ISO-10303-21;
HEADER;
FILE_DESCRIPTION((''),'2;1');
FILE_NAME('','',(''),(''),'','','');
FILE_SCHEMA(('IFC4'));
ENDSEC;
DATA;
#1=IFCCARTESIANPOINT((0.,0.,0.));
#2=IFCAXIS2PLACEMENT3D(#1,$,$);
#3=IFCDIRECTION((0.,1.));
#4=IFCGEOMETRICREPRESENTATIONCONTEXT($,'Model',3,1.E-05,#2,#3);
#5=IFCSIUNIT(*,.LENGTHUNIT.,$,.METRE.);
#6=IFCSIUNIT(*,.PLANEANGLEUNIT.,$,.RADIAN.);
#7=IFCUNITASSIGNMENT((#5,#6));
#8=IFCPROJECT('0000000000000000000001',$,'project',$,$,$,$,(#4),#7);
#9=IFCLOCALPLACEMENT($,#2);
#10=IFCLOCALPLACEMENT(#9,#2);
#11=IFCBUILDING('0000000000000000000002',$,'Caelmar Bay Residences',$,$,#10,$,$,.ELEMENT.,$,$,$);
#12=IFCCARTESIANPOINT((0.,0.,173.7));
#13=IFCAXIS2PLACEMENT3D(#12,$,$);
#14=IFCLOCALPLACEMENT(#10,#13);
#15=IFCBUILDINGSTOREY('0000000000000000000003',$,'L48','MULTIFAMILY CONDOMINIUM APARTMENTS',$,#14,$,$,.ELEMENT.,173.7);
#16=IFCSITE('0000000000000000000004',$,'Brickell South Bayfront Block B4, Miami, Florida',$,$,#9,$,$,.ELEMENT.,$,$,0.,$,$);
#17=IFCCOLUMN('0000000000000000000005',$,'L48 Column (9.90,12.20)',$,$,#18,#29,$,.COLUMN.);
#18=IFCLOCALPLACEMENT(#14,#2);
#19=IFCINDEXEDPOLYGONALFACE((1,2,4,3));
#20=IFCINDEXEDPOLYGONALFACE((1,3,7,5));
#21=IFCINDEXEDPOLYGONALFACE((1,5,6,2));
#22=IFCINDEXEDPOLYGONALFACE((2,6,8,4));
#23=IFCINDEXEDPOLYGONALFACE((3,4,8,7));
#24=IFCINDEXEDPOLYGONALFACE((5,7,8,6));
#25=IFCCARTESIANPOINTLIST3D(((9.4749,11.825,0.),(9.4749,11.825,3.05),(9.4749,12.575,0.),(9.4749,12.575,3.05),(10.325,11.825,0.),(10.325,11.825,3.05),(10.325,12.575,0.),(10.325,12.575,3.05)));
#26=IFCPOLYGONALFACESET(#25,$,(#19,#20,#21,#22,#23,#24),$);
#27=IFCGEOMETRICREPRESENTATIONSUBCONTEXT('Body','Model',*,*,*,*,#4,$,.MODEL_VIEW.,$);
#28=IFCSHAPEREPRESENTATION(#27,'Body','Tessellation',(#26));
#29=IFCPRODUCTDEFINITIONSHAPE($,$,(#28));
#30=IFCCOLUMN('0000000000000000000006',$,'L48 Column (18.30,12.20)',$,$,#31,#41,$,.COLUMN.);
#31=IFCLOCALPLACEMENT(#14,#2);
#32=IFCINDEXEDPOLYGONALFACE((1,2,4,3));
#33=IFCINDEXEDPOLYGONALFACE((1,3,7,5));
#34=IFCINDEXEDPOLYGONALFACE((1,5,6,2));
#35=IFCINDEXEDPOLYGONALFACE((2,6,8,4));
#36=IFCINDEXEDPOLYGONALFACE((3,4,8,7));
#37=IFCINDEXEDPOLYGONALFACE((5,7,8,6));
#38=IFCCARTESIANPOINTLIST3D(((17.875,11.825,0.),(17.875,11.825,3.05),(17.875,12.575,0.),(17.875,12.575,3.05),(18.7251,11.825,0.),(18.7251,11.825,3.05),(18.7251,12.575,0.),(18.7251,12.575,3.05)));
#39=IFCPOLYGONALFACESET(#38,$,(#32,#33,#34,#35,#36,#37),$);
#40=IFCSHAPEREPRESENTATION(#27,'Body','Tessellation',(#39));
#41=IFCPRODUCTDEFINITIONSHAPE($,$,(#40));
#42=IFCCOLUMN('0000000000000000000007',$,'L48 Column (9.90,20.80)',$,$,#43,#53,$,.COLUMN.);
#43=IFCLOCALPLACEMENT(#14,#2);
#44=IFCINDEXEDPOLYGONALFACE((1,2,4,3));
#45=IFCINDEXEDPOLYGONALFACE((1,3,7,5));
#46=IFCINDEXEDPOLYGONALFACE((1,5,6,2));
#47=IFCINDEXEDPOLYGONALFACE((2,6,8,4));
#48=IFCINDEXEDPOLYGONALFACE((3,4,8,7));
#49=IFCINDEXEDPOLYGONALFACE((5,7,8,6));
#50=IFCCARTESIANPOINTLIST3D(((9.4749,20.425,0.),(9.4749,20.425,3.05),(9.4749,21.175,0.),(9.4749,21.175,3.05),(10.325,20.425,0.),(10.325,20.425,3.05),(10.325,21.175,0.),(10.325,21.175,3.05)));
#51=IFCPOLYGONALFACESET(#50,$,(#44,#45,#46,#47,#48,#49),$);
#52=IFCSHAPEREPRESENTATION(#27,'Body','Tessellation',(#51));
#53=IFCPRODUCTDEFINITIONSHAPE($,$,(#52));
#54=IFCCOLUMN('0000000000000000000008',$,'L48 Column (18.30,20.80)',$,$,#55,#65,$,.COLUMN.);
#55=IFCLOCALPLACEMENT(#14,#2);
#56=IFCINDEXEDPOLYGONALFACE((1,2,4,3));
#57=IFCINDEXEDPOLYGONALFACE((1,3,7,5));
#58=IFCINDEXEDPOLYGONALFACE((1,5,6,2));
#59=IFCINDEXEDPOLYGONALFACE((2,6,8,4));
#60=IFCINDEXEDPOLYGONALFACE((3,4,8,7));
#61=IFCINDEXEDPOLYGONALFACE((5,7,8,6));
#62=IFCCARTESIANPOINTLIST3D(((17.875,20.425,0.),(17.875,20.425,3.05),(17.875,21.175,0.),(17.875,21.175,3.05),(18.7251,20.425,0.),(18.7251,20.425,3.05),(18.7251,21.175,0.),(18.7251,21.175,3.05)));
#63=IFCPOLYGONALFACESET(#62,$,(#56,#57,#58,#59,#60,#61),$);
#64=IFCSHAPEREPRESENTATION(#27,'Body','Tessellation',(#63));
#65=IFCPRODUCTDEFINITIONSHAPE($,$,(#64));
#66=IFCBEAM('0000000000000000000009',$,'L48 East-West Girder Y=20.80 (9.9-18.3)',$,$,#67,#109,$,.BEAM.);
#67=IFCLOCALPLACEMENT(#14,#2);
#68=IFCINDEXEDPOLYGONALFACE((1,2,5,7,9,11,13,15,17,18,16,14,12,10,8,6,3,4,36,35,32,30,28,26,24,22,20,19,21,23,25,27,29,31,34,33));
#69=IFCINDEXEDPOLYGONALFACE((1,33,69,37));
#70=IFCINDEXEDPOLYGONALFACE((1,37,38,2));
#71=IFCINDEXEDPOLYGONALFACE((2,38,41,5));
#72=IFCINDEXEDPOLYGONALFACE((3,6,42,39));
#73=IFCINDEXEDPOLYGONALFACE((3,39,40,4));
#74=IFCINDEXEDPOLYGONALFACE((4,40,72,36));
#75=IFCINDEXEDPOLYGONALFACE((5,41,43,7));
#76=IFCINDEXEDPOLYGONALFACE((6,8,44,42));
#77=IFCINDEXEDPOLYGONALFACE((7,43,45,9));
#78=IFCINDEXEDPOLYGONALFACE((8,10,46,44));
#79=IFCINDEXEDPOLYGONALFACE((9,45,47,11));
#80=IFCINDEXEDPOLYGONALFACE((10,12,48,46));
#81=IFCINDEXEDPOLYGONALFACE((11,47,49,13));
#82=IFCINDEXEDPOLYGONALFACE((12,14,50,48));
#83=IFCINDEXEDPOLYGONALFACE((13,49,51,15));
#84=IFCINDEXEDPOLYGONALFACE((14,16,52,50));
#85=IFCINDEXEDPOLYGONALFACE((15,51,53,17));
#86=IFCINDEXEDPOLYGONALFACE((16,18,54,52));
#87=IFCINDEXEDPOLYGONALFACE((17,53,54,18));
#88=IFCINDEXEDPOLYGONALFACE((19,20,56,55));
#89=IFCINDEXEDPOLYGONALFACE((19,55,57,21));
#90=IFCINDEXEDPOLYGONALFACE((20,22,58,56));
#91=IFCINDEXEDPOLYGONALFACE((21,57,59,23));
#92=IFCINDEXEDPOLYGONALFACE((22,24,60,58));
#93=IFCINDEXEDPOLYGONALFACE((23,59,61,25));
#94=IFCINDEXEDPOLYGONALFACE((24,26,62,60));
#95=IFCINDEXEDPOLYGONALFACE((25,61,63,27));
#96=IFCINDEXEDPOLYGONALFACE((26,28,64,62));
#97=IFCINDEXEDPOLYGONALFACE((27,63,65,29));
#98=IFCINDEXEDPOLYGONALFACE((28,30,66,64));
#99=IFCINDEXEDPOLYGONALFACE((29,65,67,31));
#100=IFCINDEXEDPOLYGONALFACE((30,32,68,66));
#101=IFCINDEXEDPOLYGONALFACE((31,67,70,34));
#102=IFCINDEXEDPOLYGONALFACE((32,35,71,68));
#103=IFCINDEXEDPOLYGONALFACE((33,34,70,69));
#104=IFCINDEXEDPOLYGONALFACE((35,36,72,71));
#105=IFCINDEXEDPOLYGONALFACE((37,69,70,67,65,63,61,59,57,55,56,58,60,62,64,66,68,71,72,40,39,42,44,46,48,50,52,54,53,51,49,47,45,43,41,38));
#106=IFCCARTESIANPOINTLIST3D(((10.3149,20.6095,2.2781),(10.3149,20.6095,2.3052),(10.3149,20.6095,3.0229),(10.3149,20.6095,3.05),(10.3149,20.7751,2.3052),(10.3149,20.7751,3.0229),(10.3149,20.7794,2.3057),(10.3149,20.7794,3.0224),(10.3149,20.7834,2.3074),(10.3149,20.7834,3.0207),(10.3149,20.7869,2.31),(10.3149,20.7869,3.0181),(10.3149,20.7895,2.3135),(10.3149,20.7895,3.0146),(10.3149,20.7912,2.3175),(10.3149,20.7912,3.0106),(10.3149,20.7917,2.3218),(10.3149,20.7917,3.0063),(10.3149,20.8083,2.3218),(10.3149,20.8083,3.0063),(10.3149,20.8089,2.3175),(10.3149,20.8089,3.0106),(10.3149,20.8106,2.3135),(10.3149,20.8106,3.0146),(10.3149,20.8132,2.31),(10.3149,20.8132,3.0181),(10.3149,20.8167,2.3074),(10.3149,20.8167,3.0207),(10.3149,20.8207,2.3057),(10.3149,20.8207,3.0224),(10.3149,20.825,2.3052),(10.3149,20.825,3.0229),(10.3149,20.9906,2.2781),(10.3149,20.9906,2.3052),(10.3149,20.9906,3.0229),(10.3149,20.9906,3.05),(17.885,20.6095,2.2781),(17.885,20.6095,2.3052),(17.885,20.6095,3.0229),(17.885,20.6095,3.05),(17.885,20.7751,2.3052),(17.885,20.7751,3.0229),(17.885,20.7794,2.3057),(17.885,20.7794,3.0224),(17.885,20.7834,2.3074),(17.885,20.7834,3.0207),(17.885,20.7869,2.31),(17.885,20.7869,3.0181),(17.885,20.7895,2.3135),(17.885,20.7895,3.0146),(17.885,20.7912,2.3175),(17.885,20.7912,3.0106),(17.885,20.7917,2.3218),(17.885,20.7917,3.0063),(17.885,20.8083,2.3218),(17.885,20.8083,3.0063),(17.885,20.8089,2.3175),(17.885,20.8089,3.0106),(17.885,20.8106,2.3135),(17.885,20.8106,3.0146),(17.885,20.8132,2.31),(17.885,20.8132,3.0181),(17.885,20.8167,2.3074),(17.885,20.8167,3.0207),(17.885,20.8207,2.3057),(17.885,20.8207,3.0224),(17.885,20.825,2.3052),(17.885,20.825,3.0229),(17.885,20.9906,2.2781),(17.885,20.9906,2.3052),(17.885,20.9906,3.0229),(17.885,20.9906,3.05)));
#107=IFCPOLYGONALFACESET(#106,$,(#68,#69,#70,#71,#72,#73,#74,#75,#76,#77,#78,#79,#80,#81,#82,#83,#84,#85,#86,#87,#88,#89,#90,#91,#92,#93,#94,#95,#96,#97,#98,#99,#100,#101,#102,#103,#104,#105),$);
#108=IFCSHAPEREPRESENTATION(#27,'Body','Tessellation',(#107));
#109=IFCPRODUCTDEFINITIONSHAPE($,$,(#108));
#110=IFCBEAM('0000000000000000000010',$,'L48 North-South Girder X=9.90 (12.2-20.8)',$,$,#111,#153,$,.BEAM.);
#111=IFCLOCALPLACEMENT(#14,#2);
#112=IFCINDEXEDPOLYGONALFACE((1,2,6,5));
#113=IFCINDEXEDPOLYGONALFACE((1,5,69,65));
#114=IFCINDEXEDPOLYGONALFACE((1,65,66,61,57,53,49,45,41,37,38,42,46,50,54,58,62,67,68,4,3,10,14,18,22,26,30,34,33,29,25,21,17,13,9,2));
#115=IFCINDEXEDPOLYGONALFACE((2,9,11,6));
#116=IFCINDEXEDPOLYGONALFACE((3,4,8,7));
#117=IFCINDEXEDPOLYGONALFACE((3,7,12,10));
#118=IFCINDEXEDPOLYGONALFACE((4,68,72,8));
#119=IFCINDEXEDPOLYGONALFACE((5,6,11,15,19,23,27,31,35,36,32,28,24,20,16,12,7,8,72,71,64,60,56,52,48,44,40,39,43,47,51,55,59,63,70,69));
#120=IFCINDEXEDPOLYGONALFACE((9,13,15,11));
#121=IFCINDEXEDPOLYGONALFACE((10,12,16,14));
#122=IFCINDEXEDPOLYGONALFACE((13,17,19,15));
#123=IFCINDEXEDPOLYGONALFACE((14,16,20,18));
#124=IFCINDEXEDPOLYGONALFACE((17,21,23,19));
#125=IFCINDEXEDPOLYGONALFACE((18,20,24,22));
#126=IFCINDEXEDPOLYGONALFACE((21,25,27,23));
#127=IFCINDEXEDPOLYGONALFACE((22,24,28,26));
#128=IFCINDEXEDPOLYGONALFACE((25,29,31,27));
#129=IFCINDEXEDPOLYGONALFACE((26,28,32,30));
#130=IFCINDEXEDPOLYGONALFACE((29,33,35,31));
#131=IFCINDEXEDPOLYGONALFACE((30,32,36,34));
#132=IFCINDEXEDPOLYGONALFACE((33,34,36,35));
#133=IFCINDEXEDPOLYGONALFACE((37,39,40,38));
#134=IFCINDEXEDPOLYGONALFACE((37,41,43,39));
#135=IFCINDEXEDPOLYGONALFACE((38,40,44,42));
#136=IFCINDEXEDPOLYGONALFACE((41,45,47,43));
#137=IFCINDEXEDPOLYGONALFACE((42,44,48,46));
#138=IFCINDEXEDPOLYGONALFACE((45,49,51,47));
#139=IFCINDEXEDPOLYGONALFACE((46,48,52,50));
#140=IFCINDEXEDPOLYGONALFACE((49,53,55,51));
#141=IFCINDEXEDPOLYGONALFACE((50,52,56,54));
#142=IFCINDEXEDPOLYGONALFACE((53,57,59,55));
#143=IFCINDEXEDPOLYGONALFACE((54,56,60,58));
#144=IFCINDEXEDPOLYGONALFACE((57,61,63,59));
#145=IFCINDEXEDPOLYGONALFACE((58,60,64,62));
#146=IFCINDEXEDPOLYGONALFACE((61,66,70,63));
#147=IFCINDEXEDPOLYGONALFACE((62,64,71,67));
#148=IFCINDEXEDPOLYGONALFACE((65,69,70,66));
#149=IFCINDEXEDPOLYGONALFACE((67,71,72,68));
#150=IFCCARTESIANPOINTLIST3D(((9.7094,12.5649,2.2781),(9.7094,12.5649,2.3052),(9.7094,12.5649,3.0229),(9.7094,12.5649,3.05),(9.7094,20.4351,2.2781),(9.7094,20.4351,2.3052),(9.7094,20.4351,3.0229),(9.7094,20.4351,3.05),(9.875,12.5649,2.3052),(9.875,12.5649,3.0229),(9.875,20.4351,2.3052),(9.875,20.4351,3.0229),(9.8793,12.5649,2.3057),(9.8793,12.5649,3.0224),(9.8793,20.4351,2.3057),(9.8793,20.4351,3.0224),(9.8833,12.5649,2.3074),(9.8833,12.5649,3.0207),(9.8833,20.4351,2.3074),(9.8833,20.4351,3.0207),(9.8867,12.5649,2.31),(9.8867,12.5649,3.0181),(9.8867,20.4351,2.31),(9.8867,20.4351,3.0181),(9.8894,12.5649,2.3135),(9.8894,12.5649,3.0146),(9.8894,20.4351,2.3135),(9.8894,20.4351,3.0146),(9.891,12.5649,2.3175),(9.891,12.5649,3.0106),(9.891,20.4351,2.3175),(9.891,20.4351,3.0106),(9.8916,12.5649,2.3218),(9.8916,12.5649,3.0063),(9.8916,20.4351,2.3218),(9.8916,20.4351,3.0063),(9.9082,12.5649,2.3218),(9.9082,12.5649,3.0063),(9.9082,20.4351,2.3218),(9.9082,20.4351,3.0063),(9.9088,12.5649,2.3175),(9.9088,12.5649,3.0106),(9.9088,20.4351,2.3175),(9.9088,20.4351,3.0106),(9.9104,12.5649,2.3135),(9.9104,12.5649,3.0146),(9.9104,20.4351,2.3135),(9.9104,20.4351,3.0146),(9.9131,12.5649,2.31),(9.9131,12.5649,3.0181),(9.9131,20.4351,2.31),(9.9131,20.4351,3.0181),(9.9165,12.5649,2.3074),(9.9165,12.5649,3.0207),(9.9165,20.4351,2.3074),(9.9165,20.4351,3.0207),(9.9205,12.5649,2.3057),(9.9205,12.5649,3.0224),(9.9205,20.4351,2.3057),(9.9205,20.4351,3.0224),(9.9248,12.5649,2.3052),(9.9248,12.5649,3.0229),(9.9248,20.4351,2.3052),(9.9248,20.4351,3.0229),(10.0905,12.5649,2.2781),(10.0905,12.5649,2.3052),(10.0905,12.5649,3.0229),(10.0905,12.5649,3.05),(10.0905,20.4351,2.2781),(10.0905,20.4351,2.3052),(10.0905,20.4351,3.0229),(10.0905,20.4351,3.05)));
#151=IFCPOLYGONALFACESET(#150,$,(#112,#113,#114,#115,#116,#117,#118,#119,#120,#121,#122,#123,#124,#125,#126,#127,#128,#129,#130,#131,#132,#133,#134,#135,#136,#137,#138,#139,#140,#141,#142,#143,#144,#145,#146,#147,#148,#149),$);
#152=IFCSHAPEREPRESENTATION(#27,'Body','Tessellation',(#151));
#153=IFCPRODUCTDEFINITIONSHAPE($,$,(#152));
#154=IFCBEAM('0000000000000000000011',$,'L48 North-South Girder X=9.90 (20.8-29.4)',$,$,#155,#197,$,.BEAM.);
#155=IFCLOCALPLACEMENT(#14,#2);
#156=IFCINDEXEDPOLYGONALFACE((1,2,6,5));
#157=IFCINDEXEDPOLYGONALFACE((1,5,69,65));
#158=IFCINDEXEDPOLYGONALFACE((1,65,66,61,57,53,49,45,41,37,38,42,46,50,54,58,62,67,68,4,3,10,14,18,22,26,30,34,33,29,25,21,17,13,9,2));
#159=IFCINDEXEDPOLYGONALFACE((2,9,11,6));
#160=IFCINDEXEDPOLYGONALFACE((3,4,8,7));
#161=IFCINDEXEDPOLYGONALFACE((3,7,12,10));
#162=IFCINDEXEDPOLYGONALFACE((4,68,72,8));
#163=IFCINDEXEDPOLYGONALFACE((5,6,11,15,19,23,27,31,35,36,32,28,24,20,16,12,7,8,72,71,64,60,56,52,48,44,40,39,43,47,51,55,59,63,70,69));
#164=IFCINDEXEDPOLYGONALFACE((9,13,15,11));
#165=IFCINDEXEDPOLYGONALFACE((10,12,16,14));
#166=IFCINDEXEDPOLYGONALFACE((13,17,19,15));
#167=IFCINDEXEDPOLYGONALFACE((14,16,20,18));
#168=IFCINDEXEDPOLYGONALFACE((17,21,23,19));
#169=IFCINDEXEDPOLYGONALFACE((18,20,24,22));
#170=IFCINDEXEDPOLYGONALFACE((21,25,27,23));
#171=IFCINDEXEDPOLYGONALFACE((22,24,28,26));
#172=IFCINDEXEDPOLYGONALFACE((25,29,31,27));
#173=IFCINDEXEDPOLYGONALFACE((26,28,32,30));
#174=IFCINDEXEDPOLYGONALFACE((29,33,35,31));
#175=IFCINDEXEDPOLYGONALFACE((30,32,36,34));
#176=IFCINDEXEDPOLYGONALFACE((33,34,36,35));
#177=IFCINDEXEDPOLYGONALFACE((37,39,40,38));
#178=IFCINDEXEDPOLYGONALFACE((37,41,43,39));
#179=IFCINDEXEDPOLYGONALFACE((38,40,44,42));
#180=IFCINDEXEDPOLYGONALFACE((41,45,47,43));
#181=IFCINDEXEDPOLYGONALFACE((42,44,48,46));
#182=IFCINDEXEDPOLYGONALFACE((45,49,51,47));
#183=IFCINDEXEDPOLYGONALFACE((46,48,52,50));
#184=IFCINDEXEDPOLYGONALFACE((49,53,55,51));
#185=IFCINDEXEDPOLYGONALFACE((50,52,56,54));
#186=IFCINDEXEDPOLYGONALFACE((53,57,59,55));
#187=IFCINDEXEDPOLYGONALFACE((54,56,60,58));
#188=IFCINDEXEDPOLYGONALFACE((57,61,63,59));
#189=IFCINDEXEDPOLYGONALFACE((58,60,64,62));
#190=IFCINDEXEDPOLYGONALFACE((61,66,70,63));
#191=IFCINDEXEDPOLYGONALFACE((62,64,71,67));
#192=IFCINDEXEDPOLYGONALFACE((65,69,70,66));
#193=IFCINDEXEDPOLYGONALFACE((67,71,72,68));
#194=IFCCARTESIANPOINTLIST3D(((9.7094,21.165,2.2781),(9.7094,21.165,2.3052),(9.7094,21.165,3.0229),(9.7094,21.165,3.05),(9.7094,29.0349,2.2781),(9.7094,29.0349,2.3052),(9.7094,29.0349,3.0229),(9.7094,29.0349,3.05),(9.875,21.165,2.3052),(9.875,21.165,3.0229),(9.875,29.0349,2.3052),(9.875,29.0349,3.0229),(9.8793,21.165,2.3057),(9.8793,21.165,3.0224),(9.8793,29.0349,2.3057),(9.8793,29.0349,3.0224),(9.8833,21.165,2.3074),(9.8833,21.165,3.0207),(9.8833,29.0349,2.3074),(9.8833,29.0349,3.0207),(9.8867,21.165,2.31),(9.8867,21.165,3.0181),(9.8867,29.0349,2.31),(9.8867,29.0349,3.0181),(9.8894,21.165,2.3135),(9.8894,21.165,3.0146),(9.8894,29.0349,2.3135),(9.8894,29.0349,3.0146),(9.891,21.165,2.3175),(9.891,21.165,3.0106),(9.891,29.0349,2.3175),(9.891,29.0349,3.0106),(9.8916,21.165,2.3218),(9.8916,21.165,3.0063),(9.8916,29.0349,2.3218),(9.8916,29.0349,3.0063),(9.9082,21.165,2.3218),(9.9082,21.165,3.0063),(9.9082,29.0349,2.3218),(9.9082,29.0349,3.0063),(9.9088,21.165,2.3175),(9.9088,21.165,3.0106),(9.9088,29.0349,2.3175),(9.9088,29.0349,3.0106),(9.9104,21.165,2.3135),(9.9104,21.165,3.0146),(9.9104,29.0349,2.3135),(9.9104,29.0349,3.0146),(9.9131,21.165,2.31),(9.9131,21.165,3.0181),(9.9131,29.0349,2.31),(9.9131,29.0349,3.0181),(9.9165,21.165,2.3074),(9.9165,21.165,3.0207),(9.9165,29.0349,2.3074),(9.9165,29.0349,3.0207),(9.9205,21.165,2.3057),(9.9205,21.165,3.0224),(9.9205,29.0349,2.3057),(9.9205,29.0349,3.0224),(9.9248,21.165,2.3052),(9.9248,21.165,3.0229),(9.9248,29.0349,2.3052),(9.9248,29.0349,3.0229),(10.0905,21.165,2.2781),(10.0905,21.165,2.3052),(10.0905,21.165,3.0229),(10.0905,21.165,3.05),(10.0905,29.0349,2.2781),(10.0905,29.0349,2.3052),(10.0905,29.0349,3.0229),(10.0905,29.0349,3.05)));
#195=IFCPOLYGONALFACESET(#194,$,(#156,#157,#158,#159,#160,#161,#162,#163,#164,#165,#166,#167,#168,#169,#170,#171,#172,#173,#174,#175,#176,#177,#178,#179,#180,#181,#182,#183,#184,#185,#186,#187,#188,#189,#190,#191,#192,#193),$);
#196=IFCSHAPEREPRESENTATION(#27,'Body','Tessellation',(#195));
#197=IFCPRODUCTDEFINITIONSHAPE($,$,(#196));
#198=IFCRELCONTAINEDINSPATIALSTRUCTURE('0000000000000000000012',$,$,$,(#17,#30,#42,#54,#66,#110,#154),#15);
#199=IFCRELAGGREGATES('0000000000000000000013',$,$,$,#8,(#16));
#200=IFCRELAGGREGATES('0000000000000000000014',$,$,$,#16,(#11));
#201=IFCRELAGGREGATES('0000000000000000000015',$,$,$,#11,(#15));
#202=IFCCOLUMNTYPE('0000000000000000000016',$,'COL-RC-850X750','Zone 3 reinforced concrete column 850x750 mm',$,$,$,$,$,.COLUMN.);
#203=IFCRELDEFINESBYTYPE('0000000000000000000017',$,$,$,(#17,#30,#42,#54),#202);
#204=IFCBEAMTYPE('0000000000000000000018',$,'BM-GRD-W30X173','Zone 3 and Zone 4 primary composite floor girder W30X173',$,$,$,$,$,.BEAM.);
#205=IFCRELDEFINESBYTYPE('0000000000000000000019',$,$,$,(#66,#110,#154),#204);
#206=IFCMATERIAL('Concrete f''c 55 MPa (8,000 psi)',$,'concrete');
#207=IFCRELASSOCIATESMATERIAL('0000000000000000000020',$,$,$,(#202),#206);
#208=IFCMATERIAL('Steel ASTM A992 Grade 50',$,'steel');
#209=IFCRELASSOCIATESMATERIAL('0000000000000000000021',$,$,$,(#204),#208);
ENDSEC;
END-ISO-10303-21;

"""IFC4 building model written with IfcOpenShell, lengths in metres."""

from ifc_helpers import new_model, si_unit, direction, frame, origin, origin_2d, place, context, subcontext, project, spatial, rectangle, i_section, extrude, material, material_profile, profile_set, type_object, element, save


model = new_model("IFC4")

# Units and contexts
model_context = context("Model", 3, precision=1e-05, world=origin(), true_north=direction((0.0, 1.0)))
body_context = subcontext(model_context, "Body", "Model", "MODEL_VIEW")
ifc_project = project(units=[si_unit("LENGTHUNIT", "METRE"), si_unit("PLANEANGLEUNIT", "RADIAN")], contexts=[model_context])

# Site, building, storey
site_placement = place(None, origin())
site = spatial("IfcSite", under=ifc_project, at=site_placement, Name="Brickell South Bayfront Block B4, Miami, Florida", CompositionType="ELEMENT", RefElevation=0.0)
building_placement = place(site_placement, origin())
building = spatial("IfcBuilding", under=site, at=building_placement, Name="Caelmar Bay Residences", CompositionType="ELEMENT")
storey_placement = place(building_placement, frame((0.0, 0.0, 173.7)))
storey = spatial("IfcBuildingStorey", under=building, at=storey_placement, Name="L48", Description="MULTIFAMILY CONDOMINIUM APARTMENTS", CompositionType="ELEMENT", Elevation=173.7)

# Columns
ifc_material_1 = material(Name="Concrete f'c 55 MPa (8,000 psi)", Category="concrete")
ifc_material_profile_1 = material_profile(ifc_material_1, rectangle(XDim=0.8501, YDim=0.75, at=origin_2d()), Name="RC-COL-850X750")
ifc_profile_set_1 = profile_set([ifc_material_profile_1], Name="Concrete f'c 55 MPa (8,000 psi)")
column_type = type_object("IfcColumnType", Name="COL-RC-850X750", Description="Zone 3 reinforced concrete column 850x750 mm", PredefinedType="COLUMN", material=ifc_profile_set_1)
for number, where, z_axis, x_axis, name in (
    (1, (9.8999, 12.2, 0.0), (0.0, 0.0, 1.0), (1.0, 0.0, 0.0), "L48 Column (9.90,12.20)"),
    (2, (18.3, 12.2, 0.0), (0.0, 0.0, 1.0), (1.0, 0.0, 0.0), "L48 Column (18.30,12.20)"),
    (3, (9.8999, 20.8, 0.0), (0.0, 0.0, 1.0), (1.0, 0.0, 0.0), "L48 Column (9.90,20.80)"),
    (4, (18.3, 20.8, 0.0), (0.0, 0.0, 1.0), (1.0, 0.0, 0.0), "L48 Column (18.30,20.80)"),
):
    element("IfcColumn", number, at=place(storey_placement, frame(where, z_axis=z_axis, x_axis=x_axis)), inside=storey, type_object=column_type, Name=name, PredefinedType="COLUMN", context=body_context, shape_type="SweptSolid", body=[
        extrude(rectangle(XDim=0.8501, YDim=0.75, at=origin_2d()), origin(), (0.0, 0.0, 1.0), 3.05),
    ])

# Beams
ifc_material_2 = material(Name="Steel ASTM A992 Grade 50", Category="steel")
ifc_material_profile_2 = material_profile(ifc_material_2, i_section(OverallWidth=0.3811, OverallDepth=0.772, WebThickness=0.0166, FlangeThickness=0.0271, FilletRadius=0.0166, at=origin_2d()), Name="W30X173")
ifc_profile_set_2 = profile_set([ifc_material_profile_2], Name="Steel ASTM A992 Grade 50")
beam_type_1 = type_object("IfcBeamType", Name="BM-GRD-W30X173", Description="Zone 3 and Zone 4 primary composite floor girder W30X173", PredefinedType="BEAM", material=ifc_profile_set_2)
beam_1_placement = place(storey_placement, frame((10.3149, 20.8, 2.6641), z_axis=(1.0, 0.0, 0.0), x_axis=(0.0, 1.0, 0.0)))
element("IfcBeam", 5, at=beam_1_placement, inside=storey, type_object=beam_type_1, Name="L48 East-West Girder Y=20.80 (9.9-18.3)", PredefinedType="BEAM", context=body_context, shape_type="SweptSolid", body=[
    extrude(i_section(OverallWidth=0.3811, OverallDepth=0.772, WebThickness=0.0166, FlangeThickness=0.0271, FilletRadius=0.0166, at=origin_2d()), origin(), (0.0, 0.0, 1.0), 7.5701),
])
beam_2_placement = place(storey_placement, frame((9.8999, 12.5649, 2.6641), z_axis=(0.0, 1.0, 0.0), x_axis=(-1.0, 0.0, 0.0)))
element("IfcBeam", 6, at=beam_2_placement, inside=storey, type_object=beam_type_1, Name="L48 North-South Girder X=9.90 (12.2-20.8)", PredefinedType="BEAM", context=body_context, shape_type="SweptSolid", body=[
    extrude(i_section(OverallWidth=0.3811, OverallDepth=0.772, WebThickness=0.0166, FlangeThickness=0.0271, FilletRadius=0.0166, at=origin_2d()), origin(), (0.0, 0.0, 1.0), 7.8701),
])
beam_3_placement = place(storey_placement, frame((9.8999, 21.165, 2.6641), z_axis=(0.0, 1.0, 0.0), x_axis=(-1.0, 0.0, 0.0)))
element("IfcBeam", 7, at=beam_3_placement, inside=storey, type_object=beam_type_1, Name="L48 North-South Girder X=9.90 (20.8-29.4)", PredefinedType="BEAM", context=body_context, shape_type="SweptSolid", body=[
    extrude(i_section(OverallWidth=0.3811, OverallDepth=0.772, WebThickness=0.0166, FlangeThickness=0.0271, FilletRadius=0.0166, at=origin_2d()), origin(), (0.0, 0.0, 1.0), 7.8699),
])

save(model, "model.ifc")
